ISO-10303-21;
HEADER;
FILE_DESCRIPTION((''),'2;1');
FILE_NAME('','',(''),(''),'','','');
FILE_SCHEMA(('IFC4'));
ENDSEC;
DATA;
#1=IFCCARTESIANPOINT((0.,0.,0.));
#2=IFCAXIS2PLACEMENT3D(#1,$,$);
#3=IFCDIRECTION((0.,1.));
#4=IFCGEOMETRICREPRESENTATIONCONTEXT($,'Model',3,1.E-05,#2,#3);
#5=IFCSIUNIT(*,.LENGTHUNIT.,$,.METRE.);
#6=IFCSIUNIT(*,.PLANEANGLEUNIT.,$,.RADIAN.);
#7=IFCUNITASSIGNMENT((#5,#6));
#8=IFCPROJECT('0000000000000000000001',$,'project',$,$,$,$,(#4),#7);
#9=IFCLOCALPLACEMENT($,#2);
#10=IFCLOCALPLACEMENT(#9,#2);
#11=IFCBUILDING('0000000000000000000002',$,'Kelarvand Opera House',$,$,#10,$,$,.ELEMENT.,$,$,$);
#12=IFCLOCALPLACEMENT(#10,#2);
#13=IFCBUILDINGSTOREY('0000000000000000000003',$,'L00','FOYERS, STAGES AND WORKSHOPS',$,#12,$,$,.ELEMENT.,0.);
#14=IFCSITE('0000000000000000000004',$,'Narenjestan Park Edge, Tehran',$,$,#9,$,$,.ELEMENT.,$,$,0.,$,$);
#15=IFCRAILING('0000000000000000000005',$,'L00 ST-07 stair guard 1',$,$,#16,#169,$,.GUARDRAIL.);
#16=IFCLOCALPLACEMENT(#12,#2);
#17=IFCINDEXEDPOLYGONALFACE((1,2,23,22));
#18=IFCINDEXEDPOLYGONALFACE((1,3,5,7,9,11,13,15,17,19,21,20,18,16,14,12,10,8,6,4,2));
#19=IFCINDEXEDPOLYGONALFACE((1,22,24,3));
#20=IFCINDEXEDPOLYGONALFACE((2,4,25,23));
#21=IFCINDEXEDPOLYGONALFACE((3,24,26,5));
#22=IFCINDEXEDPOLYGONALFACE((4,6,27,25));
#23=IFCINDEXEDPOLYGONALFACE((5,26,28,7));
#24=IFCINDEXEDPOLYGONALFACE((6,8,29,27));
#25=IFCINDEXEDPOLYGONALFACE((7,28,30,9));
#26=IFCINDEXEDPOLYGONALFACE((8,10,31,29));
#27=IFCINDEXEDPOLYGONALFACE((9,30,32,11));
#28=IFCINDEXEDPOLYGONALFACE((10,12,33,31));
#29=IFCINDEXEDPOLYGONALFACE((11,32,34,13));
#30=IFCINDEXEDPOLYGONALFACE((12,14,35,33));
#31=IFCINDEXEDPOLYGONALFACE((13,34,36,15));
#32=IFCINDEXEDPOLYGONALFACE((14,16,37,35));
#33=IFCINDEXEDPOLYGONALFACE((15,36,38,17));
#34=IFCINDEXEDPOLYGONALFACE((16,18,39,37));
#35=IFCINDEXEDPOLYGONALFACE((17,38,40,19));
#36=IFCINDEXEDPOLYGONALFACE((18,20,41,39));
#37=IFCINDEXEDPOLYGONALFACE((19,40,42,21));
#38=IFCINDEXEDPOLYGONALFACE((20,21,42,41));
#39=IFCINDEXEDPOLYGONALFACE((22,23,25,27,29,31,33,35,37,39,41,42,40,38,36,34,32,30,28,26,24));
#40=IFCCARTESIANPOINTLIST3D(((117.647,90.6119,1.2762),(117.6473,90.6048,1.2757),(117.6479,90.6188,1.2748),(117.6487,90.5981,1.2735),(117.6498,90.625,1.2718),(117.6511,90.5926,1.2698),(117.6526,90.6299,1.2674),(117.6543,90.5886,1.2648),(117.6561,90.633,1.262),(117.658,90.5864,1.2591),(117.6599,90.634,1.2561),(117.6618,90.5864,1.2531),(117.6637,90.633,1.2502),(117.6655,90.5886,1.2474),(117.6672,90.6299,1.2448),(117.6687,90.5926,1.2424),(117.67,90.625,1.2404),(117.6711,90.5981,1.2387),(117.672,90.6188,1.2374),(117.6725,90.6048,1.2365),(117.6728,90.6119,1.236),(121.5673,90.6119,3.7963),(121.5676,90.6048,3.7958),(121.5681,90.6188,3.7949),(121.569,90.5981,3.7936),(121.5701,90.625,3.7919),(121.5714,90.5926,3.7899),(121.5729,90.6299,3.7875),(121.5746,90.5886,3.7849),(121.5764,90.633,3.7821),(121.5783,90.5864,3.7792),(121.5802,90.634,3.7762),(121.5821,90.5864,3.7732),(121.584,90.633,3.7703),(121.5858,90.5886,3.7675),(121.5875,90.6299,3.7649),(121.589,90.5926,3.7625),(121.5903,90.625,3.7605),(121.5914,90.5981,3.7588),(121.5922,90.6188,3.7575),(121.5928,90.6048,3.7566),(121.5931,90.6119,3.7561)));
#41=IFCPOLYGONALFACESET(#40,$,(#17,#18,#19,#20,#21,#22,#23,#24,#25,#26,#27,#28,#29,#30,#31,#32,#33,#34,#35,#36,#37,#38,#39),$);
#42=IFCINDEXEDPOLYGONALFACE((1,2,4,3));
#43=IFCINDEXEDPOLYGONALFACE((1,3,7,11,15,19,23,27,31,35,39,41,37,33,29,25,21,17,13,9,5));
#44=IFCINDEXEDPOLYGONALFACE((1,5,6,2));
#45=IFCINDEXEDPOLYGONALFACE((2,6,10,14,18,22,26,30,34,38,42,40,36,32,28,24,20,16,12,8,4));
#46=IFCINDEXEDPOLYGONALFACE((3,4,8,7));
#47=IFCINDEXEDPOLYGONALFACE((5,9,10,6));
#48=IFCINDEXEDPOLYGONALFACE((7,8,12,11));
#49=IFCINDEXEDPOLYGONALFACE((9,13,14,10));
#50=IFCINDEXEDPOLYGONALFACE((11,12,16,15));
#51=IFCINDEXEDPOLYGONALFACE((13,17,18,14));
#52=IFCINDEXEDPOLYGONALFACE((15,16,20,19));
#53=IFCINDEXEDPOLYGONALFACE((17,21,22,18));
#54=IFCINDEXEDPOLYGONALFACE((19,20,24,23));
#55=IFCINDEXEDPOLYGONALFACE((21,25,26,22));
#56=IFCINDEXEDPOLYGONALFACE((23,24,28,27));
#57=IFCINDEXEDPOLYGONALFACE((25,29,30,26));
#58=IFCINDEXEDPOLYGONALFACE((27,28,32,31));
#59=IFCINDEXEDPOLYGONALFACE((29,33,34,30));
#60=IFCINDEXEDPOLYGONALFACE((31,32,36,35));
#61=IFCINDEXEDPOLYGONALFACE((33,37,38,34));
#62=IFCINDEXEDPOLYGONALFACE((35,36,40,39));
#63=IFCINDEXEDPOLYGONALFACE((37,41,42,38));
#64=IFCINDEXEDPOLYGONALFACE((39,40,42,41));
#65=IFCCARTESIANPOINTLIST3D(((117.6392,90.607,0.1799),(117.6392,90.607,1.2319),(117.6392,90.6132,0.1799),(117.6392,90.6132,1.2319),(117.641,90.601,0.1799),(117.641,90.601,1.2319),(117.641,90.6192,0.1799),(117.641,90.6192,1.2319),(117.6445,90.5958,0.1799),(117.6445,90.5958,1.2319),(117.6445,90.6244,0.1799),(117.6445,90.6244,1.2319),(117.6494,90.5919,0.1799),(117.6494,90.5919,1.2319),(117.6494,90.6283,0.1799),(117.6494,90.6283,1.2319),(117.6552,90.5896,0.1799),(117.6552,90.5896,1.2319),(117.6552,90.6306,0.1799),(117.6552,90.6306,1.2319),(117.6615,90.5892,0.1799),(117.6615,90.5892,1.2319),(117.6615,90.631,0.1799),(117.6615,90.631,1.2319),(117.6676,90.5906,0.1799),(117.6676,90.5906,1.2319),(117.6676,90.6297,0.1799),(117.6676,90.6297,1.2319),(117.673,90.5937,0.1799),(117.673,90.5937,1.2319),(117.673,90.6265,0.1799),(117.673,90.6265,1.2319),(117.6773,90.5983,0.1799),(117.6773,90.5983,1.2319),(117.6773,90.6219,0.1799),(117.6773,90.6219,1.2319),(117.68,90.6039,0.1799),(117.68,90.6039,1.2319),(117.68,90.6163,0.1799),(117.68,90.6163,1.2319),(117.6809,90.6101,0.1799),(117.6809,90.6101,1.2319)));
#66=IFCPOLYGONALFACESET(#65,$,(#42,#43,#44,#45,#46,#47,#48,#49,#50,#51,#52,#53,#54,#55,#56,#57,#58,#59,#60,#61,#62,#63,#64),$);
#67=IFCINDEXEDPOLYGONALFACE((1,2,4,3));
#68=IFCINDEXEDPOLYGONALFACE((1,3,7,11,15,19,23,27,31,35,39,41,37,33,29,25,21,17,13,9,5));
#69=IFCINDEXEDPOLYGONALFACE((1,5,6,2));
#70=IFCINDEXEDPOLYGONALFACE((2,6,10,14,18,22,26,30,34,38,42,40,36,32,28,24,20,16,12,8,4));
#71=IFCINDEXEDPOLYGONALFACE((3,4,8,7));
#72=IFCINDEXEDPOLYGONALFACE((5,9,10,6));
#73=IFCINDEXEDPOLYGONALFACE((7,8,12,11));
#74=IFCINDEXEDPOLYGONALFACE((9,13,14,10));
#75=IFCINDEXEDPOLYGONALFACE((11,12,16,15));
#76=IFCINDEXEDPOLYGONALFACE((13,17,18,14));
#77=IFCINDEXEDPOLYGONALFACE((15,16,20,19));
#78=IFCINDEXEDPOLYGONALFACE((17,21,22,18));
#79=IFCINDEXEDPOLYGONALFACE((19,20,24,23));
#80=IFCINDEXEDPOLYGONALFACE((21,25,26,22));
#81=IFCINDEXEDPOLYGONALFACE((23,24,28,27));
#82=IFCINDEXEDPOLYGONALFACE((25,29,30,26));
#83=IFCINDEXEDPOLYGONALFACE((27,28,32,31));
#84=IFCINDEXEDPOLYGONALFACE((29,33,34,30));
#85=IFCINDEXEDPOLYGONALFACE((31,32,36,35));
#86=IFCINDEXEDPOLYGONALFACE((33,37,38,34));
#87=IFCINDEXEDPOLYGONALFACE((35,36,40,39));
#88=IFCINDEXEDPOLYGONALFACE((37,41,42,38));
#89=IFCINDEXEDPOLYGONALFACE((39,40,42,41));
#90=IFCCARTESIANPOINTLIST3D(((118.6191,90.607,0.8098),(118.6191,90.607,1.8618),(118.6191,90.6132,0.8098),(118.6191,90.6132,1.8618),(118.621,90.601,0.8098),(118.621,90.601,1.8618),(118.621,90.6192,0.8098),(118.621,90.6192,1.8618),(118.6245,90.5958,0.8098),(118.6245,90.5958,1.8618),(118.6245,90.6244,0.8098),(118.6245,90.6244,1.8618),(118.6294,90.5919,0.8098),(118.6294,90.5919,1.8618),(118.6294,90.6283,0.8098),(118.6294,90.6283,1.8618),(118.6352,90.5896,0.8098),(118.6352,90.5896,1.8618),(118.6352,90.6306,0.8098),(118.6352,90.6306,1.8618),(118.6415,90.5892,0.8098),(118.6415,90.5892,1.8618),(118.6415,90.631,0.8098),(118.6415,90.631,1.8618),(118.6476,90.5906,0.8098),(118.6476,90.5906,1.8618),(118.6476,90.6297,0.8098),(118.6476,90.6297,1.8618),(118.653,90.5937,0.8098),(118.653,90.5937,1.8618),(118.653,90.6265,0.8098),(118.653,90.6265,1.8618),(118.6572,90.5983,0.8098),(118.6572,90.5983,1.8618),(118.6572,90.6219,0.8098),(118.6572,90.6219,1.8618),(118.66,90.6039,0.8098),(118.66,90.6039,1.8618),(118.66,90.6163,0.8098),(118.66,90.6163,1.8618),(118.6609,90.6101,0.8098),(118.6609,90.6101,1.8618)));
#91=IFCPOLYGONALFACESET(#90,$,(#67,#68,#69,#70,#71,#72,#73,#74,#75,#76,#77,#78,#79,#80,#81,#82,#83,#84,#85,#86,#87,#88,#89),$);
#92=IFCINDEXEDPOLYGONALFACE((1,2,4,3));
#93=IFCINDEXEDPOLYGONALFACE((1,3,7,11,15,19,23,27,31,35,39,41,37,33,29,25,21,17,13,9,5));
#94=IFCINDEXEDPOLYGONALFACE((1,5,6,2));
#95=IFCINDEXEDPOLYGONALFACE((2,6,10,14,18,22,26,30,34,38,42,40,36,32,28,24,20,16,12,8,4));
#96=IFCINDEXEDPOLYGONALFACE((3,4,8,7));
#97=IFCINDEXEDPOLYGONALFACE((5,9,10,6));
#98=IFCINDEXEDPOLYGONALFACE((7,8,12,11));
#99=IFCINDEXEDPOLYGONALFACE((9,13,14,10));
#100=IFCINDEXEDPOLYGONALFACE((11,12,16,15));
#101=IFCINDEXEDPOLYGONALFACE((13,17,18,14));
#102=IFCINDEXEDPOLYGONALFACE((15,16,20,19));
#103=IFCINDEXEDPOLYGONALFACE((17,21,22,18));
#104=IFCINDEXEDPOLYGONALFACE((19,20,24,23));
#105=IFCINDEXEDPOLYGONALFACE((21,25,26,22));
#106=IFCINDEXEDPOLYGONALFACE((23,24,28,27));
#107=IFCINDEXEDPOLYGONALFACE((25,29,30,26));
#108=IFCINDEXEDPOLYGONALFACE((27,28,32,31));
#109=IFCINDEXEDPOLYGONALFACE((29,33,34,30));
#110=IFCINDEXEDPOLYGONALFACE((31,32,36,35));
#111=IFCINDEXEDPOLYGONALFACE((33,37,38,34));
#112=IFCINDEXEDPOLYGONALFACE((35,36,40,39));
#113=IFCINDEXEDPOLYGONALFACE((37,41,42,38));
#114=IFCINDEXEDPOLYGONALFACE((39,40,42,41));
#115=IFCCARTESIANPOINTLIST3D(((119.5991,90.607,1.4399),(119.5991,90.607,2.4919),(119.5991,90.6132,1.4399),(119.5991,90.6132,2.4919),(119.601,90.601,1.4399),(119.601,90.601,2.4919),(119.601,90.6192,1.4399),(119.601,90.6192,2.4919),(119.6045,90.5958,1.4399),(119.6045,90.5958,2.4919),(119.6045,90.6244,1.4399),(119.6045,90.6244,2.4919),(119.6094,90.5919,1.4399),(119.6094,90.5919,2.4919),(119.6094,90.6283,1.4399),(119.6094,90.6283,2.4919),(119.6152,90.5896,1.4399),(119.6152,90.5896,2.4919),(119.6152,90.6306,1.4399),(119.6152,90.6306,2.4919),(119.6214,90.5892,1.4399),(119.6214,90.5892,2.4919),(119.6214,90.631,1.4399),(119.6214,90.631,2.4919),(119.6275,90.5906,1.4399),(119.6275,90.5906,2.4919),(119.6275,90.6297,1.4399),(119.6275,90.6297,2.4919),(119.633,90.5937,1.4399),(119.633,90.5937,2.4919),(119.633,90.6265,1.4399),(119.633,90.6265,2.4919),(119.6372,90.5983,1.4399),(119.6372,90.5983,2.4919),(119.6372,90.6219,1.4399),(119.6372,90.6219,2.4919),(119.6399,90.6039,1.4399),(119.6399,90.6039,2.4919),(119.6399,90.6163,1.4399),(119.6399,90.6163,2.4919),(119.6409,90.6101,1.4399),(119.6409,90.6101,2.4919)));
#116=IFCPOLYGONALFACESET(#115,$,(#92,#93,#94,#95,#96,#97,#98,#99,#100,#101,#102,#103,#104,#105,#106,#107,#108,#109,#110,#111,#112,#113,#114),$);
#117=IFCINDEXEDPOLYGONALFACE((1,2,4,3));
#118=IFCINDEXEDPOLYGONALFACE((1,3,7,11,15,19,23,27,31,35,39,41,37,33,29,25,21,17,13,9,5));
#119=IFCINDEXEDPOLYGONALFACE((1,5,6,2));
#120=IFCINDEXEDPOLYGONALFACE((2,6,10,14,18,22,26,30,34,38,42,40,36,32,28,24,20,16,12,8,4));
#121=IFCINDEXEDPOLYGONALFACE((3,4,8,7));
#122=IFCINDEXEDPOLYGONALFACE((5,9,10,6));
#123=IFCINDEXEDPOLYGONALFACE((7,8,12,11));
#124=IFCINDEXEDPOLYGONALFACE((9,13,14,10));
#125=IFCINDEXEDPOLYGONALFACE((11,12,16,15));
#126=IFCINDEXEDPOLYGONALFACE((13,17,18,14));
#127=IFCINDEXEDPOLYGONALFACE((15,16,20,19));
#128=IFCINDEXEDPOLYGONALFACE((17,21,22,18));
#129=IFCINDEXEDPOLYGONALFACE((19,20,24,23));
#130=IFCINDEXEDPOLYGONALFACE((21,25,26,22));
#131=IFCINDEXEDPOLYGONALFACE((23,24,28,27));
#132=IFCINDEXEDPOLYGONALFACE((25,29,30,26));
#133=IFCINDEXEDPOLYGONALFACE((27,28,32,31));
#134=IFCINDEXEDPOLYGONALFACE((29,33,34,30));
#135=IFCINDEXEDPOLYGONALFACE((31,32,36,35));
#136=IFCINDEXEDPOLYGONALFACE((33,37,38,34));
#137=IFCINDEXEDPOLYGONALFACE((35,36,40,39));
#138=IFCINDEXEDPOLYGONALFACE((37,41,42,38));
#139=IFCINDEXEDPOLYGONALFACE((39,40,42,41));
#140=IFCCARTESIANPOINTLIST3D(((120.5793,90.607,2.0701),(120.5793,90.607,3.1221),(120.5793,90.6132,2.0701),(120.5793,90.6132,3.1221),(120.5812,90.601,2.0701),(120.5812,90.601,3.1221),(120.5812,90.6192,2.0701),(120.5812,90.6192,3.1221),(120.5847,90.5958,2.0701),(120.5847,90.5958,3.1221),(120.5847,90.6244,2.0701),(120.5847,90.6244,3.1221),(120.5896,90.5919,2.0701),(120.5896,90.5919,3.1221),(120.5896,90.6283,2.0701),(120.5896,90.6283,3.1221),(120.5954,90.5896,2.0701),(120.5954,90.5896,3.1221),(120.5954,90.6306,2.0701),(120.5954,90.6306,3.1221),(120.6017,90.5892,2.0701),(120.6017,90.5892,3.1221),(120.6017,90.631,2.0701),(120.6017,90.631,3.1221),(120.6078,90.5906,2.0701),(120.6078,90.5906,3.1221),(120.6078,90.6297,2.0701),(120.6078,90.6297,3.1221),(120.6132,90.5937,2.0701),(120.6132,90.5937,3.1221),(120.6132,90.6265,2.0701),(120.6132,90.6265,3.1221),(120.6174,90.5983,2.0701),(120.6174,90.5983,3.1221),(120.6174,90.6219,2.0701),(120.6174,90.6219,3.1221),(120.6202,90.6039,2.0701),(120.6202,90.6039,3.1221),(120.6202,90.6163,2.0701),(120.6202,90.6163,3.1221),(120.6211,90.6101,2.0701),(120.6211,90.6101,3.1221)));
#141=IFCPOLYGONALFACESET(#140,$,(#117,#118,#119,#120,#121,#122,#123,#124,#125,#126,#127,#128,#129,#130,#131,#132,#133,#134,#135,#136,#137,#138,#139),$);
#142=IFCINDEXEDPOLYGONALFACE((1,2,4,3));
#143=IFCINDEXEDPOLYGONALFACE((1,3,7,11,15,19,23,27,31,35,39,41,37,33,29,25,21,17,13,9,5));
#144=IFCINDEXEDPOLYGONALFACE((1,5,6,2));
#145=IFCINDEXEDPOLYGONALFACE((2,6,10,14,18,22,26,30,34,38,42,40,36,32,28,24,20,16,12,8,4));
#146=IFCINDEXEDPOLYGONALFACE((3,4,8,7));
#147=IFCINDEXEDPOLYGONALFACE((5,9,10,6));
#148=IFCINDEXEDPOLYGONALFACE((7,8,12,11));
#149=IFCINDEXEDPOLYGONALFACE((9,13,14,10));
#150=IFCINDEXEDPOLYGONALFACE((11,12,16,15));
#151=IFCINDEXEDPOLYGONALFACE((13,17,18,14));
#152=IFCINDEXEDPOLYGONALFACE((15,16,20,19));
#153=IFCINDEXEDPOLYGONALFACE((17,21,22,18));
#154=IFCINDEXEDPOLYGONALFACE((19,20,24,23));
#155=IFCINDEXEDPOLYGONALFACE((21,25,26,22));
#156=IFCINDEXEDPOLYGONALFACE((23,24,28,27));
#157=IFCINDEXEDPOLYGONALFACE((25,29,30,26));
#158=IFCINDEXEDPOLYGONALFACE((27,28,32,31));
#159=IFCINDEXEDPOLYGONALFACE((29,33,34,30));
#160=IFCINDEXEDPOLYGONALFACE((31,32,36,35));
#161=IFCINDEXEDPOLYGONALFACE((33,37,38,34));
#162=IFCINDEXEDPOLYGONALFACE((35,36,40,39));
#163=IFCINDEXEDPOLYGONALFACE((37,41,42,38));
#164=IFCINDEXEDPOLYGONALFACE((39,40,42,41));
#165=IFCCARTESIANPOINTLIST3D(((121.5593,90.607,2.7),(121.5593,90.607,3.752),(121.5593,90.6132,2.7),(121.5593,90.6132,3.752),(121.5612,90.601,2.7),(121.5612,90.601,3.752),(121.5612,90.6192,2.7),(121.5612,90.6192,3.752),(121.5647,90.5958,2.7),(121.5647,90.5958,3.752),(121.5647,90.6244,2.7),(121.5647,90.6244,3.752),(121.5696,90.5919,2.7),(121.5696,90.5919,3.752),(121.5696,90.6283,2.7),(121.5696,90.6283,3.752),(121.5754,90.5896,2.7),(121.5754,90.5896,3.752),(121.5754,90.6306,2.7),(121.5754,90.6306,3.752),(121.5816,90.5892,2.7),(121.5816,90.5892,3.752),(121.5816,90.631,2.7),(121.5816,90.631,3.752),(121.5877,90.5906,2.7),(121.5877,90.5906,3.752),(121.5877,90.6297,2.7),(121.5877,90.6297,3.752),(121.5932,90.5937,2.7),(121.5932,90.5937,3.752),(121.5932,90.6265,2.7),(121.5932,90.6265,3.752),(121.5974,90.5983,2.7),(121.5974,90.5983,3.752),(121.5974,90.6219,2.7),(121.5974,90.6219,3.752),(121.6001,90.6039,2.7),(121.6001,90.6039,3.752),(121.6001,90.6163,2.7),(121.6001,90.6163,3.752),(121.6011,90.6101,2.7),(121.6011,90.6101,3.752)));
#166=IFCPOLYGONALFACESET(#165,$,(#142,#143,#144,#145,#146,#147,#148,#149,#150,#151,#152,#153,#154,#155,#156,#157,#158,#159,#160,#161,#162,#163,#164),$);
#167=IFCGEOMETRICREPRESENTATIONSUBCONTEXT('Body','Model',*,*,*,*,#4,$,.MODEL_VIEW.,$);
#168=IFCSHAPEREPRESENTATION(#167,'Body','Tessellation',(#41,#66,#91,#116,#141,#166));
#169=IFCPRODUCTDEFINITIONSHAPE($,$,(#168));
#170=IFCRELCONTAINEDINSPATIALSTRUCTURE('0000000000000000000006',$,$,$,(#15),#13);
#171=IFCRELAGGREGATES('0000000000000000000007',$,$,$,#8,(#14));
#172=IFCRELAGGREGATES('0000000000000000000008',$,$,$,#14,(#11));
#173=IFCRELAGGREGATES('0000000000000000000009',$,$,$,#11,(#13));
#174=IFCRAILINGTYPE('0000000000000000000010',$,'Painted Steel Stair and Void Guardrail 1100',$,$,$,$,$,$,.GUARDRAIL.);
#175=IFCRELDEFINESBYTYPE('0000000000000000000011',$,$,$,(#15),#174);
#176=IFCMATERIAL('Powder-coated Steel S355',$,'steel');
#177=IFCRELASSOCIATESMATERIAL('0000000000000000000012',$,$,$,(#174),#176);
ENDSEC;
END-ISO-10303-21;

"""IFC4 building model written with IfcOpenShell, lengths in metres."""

from ifc_helpers import new_model, si_unit, direction, frame, origin, origin_2d, place, context, subcontext, project, spatial, circle, extrude, material, type_object, element, save


model = new_model("IFC4")

# Units and contexts
model_context = context("Model", 3, precision=1e-05, world=origin(), true_north=direction((0.0, 1.0)))
body_context = subcontext(model_context, "Body", "Model", "MODEL_VIEW")
ifc_project = project(units=[si_unit("LENGTHUNIT", "METRE"), si_unit("PLANEANGLEUNIT", "RADIAN")], contexts=[model_context])

# Site, building, storey
site_placement = place(None, origin())
site = spatial("IfcSite", under=ifc_project, at=site_placement, Name="Narenjestan Park Edge, Tehran", CompositionType="ELEMENT", RefElevation=0.0)
building_placement = place(site_placement, origin())
building = spatial("IfcBuilding", under=site, at=building_placement, Name="Kelarvand Opera House", CompositionType="ELEMENT")
storey_placement = place(building_placement, origin())
storey = spatial("IfcBuildingStorey", under=building, at=storey_placement, Name="L00", Description="FOYERS, STAGES AND WORKSHOPS", CompositionType="ELEMENT", Elevation=0.0)

# Railing
ifc_material_1 = material(Name="Powder-coated Steel S355", Category="steel")
railing_type_1 = type_object("IfcRailingType", Name="Painted Steel Stair and Void Guardrail 1100", PredefinedType="GUARDRAIL", material=ifc_material_1)
railing_1_placement = place(storey_placement, frame((117.6599, 90.6101, 0.1799)))
element("IfcRailing", 1, at=railing_1_placement, inside=storey, type_object=railing_type_1, Name="L00 ST-07 stair guard 1", PredefinedType="GUARDRAIL", context=body_context, shape_type="SweptSolid", body=[
    extrude(circle(Radius=0.0239, at=origin_2d()), frame((0.0, 0.0, 1.0762), z_axis=(0.841187, 0.0, 0.540744), x_axis=(0.0, 1.0, 0.0)), (0.0, 0.0, 1.0), 4.6604),
    extrude(circle(Radius=0.021, at=origin_2d()), origin(), (0.0, 0.0, 1.0), 1.052),
    extrude(circle(Radius=0.021, at=origin_2d()), frame((0.98, 0.0, 0.6299)), (0.0, 0.0, 1.0), 1.052),
    extrude(circle(Radius=0.021, at=origin_2d()), frame((1.96, 0.0, 1.26)), (0.0, 0.0, 1.0), 1.052),
    extrude(circle(Radius=0.021, at=origin_2d()), frame((2.9402, 0.0, 1.8901)), (0.0, 0.0, 1.0), 1.052),
    extrude(circle(Radius=0.021, at=origin_2d()), frame((3.9202, 0.0, 2.52)), (0.0, 0.0, 1.0), 1.052),
])

save(model, "model.ifc")
